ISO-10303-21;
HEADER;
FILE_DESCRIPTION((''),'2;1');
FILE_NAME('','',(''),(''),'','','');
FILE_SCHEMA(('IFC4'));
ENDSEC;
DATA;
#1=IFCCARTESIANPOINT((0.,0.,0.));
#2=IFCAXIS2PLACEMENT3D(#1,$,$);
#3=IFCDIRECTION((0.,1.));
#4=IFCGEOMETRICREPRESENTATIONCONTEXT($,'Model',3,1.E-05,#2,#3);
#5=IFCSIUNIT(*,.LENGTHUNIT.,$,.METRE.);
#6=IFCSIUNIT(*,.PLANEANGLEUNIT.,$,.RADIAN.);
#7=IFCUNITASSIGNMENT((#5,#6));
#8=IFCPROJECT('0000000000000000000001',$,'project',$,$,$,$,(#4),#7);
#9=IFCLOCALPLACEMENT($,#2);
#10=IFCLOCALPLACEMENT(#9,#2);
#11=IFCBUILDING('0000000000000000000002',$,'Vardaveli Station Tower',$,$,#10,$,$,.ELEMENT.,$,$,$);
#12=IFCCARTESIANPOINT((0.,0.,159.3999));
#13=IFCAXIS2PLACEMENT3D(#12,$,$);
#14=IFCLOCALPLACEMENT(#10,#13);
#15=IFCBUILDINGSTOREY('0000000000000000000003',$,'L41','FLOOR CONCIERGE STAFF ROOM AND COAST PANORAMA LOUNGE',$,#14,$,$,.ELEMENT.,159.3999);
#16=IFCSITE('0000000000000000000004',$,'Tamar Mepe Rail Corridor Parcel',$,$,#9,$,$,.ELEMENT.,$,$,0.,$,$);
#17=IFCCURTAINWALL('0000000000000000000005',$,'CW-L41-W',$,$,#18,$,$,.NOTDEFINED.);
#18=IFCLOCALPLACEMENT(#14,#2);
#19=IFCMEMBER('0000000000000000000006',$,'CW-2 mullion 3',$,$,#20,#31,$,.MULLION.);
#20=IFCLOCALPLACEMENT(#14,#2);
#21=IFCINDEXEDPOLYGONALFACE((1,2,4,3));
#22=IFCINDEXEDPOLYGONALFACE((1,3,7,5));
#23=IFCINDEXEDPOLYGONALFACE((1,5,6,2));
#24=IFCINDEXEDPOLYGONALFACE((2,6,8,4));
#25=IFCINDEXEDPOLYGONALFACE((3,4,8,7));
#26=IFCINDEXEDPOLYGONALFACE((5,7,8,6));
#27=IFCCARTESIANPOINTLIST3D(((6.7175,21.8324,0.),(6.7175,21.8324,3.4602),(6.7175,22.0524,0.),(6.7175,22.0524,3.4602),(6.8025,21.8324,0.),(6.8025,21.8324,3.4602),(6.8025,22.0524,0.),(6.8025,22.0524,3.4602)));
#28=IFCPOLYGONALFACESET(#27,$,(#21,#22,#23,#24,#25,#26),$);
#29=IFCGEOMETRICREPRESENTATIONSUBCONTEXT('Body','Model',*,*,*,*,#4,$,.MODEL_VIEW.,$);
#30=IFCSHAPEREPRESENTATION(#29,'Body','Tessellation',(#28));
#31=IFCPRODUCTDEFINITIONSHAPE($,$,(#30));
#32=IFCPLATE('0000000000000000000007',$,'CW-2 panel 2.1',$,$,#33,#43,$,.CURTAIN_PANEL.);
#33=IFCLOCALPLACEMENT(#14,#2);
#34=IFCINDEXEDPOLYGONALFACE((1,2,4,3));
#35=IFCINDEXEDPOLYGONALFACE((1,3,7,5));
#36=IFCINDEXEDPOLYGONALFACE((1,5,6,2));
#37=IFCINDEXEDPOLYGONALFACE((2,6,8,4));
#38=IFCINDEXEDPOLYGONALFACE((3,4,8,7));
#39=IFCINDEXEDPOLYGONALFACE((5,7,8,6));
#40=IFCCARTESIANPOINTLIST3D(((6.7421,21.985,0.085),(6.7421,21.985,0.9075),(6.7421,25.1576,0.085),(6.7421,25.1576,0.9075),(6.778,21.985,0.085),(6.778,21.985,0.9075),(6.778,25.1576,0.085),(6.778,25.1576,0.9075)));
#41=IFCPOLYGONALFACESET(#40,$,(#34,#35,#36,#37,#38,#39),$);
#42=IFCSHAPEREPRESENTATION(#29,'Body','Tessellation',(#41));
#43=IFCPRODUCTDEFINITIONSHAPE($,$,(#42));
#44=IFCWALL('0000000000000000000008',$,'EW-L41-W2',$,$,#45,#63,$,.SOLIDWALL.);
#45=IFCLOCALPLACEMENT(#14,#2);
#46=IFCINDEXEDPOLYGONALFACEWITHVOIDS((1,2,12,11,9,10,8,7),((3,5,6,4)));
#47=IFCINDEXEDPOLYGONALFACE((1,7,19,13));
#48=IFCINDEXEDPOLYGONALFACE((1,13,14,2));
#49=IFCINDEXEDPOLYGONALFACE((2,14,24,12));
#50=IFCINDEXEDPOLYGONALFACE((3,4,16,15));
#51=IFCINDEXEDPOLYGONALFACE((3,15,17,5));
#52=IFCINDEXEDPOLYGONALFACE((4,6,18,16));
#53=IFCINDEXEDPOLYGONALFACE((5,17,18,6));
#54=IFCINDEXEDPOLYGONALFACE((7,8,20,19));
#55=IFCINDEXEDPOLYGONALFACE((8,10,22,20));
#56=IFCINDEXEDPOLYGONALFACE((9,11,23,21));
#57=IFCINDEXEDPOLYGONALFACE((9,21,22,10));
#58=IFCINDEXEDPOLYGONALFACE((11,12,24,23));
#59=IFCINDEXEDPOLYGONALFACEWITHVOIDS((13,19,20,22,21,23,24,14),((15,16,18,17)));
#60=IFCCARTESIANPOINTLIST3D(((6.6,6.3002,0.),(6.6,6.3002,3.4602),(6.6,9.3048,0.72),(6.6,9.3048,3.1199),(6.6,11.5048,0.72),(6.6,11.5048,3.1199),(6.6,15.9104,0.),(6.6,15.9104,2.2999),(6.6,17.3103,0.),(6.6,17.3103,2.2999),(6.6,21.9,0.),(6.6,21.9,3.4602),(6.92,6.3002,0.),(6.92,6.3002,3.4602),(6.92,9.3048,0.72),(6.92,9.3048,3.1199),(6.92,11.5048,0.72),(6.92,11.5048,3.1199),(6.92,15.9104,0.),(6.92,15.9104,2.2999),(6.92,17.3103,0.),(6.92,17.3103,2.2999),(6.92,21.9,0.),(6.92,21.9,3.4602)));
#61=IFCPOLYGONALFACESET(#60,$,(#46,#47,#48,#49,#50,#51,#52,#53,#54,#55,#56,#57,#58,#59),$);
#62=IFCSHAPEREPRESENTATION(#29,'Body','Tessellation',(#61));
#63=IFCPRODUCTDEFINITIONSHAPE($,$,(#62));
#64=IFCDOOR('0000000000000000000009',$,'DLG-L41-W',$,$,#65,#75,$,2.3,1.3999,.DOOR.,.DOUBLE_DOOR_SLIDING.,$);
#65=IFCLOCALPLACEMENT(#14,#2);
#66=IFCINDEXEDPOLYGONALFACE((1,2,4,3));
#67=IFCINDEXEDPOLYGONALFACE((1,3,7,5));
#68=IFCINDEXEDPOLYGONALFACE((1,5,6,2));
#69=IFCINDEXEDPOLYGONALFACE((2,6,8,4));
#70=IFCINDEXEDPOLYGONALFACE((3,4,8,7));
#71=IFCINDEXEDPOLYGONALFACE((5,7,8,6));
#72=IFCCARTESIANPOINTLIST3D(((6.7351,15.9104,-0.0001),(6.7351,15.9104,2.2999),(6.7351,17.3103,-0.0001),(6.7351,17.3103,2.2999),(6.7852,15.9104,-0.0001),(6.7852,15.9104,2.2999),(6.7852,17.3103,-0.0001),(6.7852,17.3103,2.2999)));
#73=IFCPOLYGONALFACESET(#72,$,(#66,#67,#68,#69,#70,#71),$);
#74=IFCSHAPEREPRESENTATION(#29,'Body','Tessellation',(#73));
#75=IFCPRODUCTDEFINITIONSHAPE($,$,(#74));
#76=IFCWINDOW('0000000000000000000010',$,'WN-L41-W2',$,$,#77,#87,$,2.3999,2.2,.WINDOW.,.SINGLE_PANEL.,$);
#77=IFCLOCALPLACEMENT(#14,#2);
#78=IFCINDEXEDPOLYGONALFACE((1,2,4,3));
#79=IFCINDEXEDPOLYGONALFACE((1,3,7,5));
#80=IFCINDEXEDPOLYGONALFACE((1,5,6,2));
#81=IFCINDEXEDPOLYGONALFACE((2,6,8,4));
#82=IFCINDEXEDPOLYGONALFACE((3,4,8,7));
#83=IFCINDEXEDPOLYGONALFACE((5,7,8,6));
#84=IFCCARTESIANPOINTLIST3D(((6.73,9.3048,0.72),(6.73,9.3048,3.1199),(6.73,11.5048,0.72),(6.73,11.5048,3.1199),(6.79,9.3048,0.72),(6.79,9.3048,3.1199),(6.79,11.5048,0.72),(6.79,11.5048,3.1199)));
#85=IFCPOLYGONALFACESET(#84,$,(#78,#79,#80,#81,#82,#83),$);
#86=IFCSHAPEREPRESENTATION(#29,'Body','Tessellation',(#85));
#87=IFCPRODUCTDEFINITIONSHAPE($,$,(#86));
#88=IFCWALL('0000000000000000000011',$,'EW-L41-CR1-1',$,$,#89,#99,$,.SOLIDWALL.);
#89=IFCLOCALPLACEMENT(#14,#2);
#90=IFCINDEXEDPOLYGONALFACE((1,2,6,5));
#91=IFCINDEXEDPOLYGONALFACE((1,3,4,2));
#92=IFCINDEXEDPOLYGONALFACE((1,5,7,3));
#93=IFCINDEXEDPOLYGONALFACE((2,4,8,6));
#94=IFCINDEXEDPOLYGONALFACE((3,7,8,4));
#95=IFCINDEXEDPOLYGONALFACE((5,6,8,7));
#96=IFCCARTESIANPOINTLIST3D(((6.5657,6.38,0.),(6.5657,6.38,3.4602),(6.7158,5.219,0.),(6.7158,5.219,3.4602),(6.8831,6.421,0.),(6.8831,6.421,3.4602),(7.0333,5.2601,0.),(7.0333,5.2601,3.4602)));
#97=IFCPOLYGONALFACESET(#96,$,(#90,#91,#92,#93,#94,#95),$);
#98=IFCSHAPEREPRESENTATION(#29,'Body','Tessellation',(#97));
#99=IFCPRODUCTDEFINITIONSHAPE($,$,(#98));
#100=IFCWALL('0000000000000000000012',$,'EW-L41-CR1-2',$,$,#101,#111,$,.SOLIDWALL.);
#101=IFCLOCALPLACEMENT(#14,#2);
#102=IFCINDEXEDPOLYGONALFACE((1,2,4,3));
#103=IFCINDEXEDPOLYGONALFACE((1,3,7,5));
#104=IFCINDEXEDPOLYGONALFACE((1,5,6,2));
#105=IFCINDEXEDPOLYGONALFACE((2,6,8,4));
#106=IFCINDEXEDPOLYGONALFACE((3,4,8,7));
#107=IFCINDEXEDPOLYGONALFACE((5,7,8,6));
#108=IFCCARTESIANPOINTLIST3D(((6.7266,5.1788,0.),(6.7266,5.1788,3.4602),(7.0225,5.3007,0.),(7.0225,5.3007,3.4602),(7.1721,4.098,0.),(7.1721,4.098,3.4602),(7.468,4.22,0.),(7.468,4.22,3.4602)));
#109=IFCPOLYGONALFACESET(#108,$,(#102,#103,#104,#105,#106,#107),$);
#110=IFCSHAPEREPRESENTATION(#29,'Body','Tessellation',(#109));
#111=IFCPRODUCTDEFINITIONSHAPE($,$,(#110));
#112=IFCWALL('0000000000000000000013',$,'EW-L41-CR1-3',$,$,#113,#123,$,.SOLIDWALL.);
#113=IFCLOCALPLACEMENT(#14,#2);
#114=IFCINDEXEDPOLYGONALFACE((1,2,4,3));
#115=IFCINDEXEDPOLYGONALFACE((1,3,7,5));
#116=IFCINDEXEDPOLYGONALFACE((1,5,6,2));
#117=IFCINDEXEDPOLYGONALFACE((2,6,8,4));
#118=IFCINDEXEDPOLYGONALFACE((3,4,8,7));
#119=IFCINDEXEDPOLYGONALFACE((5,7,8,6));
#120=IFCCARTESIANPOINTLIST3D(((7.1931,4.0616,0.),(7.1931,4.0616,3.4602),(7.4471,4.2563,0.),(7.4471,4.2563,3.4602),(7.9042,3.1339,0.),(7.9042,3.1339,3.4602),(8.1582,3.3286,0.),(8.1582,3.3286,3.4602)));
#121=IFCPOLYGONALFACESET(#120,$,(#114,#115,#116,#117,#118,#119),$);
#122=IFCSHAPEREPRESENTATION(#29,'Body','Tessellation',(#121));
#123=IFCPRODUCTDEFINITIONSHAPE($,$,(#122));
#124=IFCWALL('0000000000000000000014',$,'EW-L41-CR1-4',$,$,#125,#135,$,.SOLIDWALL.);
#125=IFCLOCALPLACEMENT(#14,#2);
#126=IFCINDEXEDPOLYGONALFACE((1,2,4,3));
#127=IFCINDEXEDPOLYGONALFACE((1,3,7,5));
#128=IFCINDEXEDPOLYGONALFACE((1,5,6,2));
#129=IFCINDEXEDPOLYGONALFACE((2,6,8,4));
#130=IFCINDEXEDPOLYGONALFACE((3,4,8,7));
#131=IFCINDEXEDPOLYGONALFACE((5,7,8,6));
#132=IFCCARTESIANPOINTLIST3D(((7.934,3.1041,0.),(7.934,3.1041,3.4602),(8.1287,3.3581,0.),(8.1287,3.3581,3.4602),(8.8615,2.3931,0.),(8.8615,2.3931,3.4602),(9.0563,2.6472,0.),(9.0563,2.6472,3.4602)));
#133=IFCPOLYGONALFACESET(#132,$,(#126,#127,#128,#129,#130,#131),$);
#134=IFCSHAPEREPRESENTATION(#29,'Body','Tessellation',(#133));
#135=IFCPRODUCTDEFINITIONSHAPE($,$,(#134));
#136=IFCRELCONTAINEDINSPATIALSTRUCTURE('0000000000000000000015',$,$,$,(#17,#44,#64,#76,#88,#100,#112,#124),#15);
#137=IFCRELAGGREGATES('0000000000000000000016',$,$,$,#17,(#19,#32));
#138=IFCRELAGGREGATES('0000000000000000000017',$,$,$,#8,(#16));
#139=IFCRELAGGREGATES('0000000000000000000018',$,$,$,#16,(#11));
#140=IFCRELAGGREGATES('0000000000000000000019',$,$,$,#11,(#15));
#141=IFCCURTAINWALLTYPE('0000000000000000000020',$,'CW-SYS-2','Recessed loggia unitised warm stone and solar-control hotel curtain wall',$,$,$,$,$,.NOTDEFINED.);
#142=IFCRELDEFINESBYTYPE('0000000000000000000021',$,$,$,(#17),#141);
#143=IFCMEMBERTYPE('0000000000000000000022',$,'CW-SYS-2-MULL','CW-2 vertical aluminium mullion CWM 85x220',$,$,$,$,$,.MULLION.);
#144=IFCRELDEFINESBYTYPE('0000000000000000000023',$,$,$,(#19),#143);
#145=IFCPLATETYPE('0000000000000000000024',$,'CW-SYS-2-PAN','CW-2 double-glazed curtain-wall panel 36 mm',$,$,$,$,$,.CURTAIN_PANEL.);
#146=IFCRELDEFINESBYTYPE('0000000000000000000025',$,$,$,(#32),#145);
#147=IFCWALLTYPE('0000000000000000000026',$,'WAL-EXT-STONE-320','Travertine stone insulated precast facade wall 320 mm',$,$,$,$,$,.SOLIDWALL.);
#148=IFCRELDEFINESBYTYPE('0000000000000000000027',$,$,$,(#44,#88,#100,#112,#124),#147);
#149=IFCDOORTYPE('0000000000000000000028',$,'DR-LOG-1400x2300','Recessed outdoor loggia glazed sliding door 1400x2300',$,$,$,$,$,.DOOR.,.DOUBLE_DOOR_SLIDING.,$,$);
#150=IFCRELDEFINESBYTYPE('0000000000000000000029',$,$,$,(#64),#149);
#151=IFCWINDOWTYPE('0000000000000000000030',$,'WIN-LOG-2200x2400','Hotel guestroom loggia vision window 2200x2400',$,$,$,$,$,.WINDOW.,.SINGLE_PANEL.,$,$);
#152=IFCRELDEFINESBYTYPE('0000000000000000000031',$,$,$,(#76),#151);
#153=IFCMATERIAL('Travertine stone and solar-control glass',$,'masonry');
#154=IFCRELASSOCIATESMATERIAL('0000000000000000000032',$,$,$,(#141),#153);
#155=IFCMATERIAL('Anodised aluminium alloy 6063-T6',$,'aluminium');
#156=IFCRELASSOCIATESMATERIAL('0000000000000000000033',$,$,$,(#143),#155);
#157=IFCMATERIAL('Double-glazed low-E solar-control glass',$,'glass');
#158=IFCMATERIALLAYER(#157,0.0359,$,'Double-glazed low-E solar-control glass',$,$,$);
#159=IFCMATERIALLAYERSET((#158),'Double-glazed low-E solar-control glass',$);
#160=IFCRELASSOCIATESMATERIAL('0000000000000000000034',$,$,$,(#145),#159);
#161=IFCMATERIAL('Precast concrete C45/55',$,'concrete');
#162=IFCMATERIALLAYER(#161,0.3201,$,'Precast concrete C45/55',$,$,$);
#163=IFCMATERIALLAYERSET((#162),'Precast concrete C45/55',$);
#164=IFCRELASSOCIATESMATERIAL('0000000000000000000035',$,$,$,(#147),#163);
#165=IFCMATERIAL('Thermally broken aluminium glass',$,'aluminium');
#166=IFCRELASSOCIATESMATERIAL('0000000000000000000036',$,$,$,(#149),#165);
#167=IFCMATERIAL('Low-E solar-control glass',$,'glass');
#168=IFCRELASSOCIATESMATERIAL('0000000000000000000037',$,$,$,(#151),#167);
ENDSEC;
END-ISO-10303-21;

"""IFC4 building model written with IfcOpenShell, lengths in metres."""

from ifc_helpers import new_model, si_unit, direction, frame, frame_2d, origin, origin_2d, place, context, subcontext, project, spatial, rectangle, extrude, source, transform, mapped, material, layer, layer_set, material_profile, profile_set, type_object, element, fill, aggregate, save


model = new_model("IFC4")

# Units and contexts
model_context = context("Model", 3, precision=1e-05, world=origin(), true_north=direction((0.0, 1.0)))
body_context = subcontext(model_context, "Body", "Model", "MODEL_VIEW")
ifc_project = project(units=[si_unit("LENGTHUNIT", "METRE"), si_unit("PLANEANGLEUNIT", "RADIAN")], contexts=[model_context])

# Site, building, storey
site_placement = place(None, origin())
site = spatial("IfcSite", under=ifc_project, at=site_placement, Name="Tamar Mepe Rail Corridor Parcel", CompositionType="ELEMENT", RefElevation=0.0)
building_placement = place(site_placement, origin())
building = spatial("IfcBuilding", under=site, at=building_placement, Name="Vardaveli Station Tower", CompositionType="ELEMENT")
storey_placement = place(building_placement, frame((0.0, 0.0, 159.3999)))
storey = spatial("IfcBuildingStorey", under=building, at=storey_placement, Name="L41", Description="FLOOR CONCIERGE STAFF ROOM AND COAST PANORAMA LOUNGE", CompositionType="ELEMENT", Elevation=159.3999)

# Shared definitions
ifc_material_1 = material(Name="Precast concrete C45/55", Category="concrete")

# Curtain wall, member, plate
ifc_material_2 = material(Name="Travertine stone and solar-control glass", Category="masonry")
curtain_wall_type = type_object("IfcCurtainWallType", Name="CW-SYS-2", Description="Recessed loggia unitised warm stone and solar-control hotel curtain wall", PredefinedType="NOTDEFINED", material=ifc_material_2)
curtain_wall_placement = place(storey_placement, origin())
curtain_wall = element("IfcCurtainWall", 1, at=curtain_wall_placement, inside=storey, type_object=curtain_wall_type, Name="CW-L41-W", PredefinedType="NOTDEFINED")
ifc_material_3 = material(Name="Anodised aluminium alloy 6063-T6", Category="aluminium")
ifc_material_profile_1 = material_profile(ifc_material_3, rectangle(XDim=0.085, YDim=0.22, at=origin_2d()), Name="CWM 85x220")
ifc_profile_set_1 = profile_set([ifc_material_profile_1], Name="Anodised aluminium alloy 6063-T6")
member_type = type_object("IfcMemberType", Name="CW-SYS-2-MULL", Description="CW-2 vertical aluminium mullion CWM 85x220", PredefinedType="MULLION", material=ifc_profile_set_1)
shared_shape_1 = source(origin(), body_context, "Body", "SweptSolid", [
    extrude(rectangle(XDim=0.085, YDim=0.22, at=origin_2d()), origin(), (0.0, 0.0, 1.0), 3.4602),
])
member_placement = place(storey_placement, frame((6.76, 21.9424, 0.0), z_axis=(0.0, 0.0, 1.0), x_axis=(1.0, 0.0, 0.0)))
member = element("IfcMember", 2, at=member_placement, type_object=member_type, Name="CW-2 mullion 3", PredefinedType="MULLION", context=body_context, shape_type="MappedRepresentation", body=[
    mapped(shared_shape_1, transform((0.0, 0.0, 0.0), scale=1.0)),
])
ifc_material_4 = material(Name="Double-glazed low-E solar-control glass", Category="glass")
ifc_layer_1 = layer(ifc_material_4, 0.0359, Name="Double-glazed low-E solar-control glass")
ifc_layer_set_1 = layer_set([ifc_layer_1], Name="Double-glazed low-E solar-control glass")
plate_type = type_object("IfcPlateType", Name="CW-SYS-2-PAN", Description="CW-2 double-glazed curtain-wall panel 36 mm", PredefinedType="CURTAIN_PANEL", material=ifc_layer_set_1)
shared_shape_2 = source(origin(), body_context, "Body", "SweptSolid", [
    extrude(rectangle(XDim=3.1726, YDim=0.0359, at=origin_2d()), origin(), (0.0, 0.0, 1.0), 0.8225),
])
plate_placement = place(storey_placement, frame((6.76, 23.5713, 0.085), z_axis=(0.0, 0.0, 1.0), x_axis=(0.0, -1.0, 0.0)))
plate = element("IfcPlate", 3, at=plate_placement, type_object=plate_type, Name="CW-2 panel 2.1", PredefinedType="CURTAIN_PANEL", context=body_context, shape_type="MappedRepresentation", body=[
    mapped(shared_shape_2, transform((0.0, 0.0, 0.0), scale=1.0)),
])
aggregate(curtain_wall, [member, plate])

# Wall, openings, door, window
ifc_layer_2 = layer(ifc_material_1, 0.3201, Name="Precast concrete C45/55")
ifc_layer_set_2 = layer_set([ifc_layer_2], Name="Precast concrete C45/55")
wall_type_1 = type_object("IfcWallType", Name="WAL-EXT-STONE-320", Description="Travertine stone insulated precast facade wall 320 mm", PredefinedType="SOLIDWALL", material=ifc_layer_set_2)
shared_shape_3 = source(origin(), body_context, "Body", "SweptSolid", [
    extrude(rectangle(XDim=15.5999, YDim=0.3201, at=frame_2d((7.7998, 0.0))), origin(), (0.0, 0.0, 1.0), 3.4602),
])
wall_1_placement = place(storey_placement, frame((6.76, 21.8999, 0.0), z_axis=(0.0, 0.0, 1.0), x_axis=(0.0, -1.0, 0.0)))
wall_1 = element("IfcWall", 4, at=wall_1_placement, inside=storey, type_object=wall_type_1, Name="EW-L41-W2", PredefinedType="SOLIDWALL", context=body_context, shape_type="MappedRepresentation", body=[
    mapped(shared_shape_3, transform((0.0, 0.0, 0.0), scale=1.0)),
])
shared_shape_4 = source(origin(), body_context, "Body", "SweptSolid", [
    extrude(rectangle(XDim=1.3999, YDim=2.3, at=frame_2d((0.7, 1.1499))), frame((0.0, 0.1699, 0.0), z_axis=(0.0, -1.0, 0.0), x_axis=(1.0, 0.0, 0.0)), (0.0, 0.0, 1.0), 0.3401),
])
opening_1_placement = place(wall_1_placement, frame((4.5896, 0.0, 0.0)))
opening_1 = element("IfcOpeningElement", 5, at=opening_1_placement, cuts=wall_1, PredefinedType="OPENING", context=body_context, shape_type="MappedRepresentation", body=[
    mapped(shared_shape_4, transform((0.0, 0.0, 0.0), scale=1.0)),
])
shared_shape_5 = source(origin(), body_context, "Body", "SweptSolid", [
    extrude(rectangle(XDim=2.2, YDim=2.3999, at=frame_2d((1.1001, 1.2))), frame((0.0, 0.1699, 0.0), z_axis=(0.0, -1.0, 0.0), x_axis=(1.0, 0.0, 0.0)), (0.0, 0.0, 1.0), 0.3401),
])
opening_2_placement = place(wall_1_placement, frame((10.395, 0.0, 0.72)))
opening_2 = element("IfcOpeningElement", 6, at=opening_2_placement, cuts=wall_1, PredefinedType="OPENING", context=body_context, shape_type="MappedRepresentation", body=[
    mapped(shared_shape_5, transform((0.0, 0.0, 0.0), scale=1.0)),
])
ifc_material_5 = material(Name="Thermally broken aluminium glass", Category="aluminium")
door_type_1 = type_object("IfcDoorType", Name="DR-LOG-1400x2300", Description="Recessed outdoor loggia glazed sliding door 1400x2300", OperationType="DOUBLE_DOOR_SLIDING", PredefinedType="DOOR", material=ifc_material_5)
shared_shape_6 = source(origin(), body_context, "Body", "SweptSolid", [
    extrude(rectangle(XDim=1.3999, YDim=2.3, at=frame_2d((0.7, 1.1499))), frame((0.0, 0.0249, 0.0), z_axis=(0.0, -1.0, 0.0), x_axis=(1.0, 0.0, 0.0)), (0.0, 0.0, 1.0), 0.05),
])
door_1_placement = place(opening_1_placement, frame((1.3999, 0.0, 0.0), z_axis=(0.0, 0.0, 1.0), x_axis=(-1.0, 0.0, 0.0)))
door_1 = element("IfcDoor", 7, at=door_1_placement, inside=storey, type_object=door_type_1, Name="DLG-L41-W", OperationType="DOUBLE_DOOR_SLIDING", OverallHeight=2.3, OverallWidth=1.3999, PredefinedType="DOOR", context=body_context, shape_type="MappedRepresentation", body=[
    mapped(shared_shape_6, transform((0.0, 0.0, 0.0), scale=1.0)),
])
fill(opening_1, door_1)
ifc_material_6 = material(Name="Low-E solar-control glass", Category="glass")
window_type = type_object("IfcWindowType", Name="WIN-LOG-2200x2400", Description="Hotel guestroom loggia vision window 2200x2400", PartitioningType="SINGLE_PANEL", PredefinedType="WINDOW", material=ifc_material_6)
shared_shape_7 = source(origin(), body_context, "Body", "SweptSolid", [
    extrude(rectangle(XDim=2.2, YDim=2.3999, at=frame_2d((1.1001, 1.2))), frame((0.0, 0.03, 0.0), z_axis=(0.0, -1.0, 0.0), x_axis=(1.0, 0.0, 0.0)), (0.0, 0.0, 1.0), 0.0601),
])
window_placement = place(opening_2_placement, origin())
window = element("IfcWindow", 8, at=window_placement, inside=storey, type_object=window_type, Name="WN-L41-W2", OverallHeight=2.3999, OverallWidth=2.2, PartitioningType="SINGLE_PANEL", PredefinedType="WINDOW", context=body_context, shape_type="MappedRepresentation", body=[
    mapped(shared_shape_7, transform((0.0, 0.0, 0.0), scale=1.0)),
])
fill(opening_2, window)

# Walls
shared_shape_8 = source(origin(), body_context, "Body", "SweptSolid", [
    extrude(rectangle(XDim=1.1707, YDim=0.3201, at=frame_2d((0.5854, 0.0))), origin(), (0.0, 0.0, 1.0), 3.4602),
])
wall_2_placement = place(storey_placement, frame((6.7244, 6.4006, 0.0), z_axis=(0.0, 0.0, 1.0), x_axis=(0.128269, -0.991739, 0.0)))
element("IfcWall", 9, at=wall_2_placement, inside=storey, type_object=wall_type_1, Name="EW-L41-CR1-1", PredefinedType="SOLIDWALL", context=body_context, shape_type="MappedRepresentation", body=[
    mapped(shared_shape_8, transform((0.0, 0.0, 0.0), scale=1.0)),
])
shared_shape_9 = source(origin(), body_context, "Body", "SweptSolid", [
    extrude(rectangle(XDim=1.1689, YDim=0.3201, at=frame_2d((0.5845, 0.0))), origin(), (0.0, 0.0, 1.0), 3.4602),
])
for number, where, z_axis, x_axis, name in (
    (10, (6.8745, 5.2397, 0.0), (0.0, 0.0, 1.0), (0.381128, -0.924522, 0.0), "EW-L41-CR1-2"),
    (11, (7.3201, 4.1589, 0.0), (0.0, 0.0, 1.0), (0.608388, -0.79364, 0.0), "EW-L41-CR1-3"),
):
    element("IfcWall", number, at=place(storey_placement, frame(where, z_axis=z_axis, x_axis=x_axis)), inside=storey, type_object=wall_type_1, Name=name, PredefinedType="SOLIDWALL", context=body_context, shape_type="MappedRepresentation", body=[
        mapped(shared_shape_9, transform((0.0, 0.0, 0.0), scale=1.0)),
    ])
shared_shape_10 = source(origin(), body_context, "Body", "SweptSolid", [
    extrude(rectangle(XDim=1.1687, YDim=0.3201, at=frame_2d((0.5845, 0.0))), origin(), (0.0, 0.0, 1.0), 3.4602),
])
wall_3_placement = place(storey_placement, frame((8.0312, 3.2312, 0.0), z_axis=(0.0, 0.0, 1.0), x_axis=(0.793664, -0.608357, 0.0)))
element("IfcWall", 12, at=wall_3_placement, inside=storey, type_object=wall_type_1, Name="EW-L41-CR1-4", PredefinedType="SOLIDWALL", context=body_context, shape_type="MappedRepresentation", body=[
    mapped(shared_shape_10, transform((0.0, 0.0, 0.0), scale=1.0)),
])

save(model, "model.ifc")
